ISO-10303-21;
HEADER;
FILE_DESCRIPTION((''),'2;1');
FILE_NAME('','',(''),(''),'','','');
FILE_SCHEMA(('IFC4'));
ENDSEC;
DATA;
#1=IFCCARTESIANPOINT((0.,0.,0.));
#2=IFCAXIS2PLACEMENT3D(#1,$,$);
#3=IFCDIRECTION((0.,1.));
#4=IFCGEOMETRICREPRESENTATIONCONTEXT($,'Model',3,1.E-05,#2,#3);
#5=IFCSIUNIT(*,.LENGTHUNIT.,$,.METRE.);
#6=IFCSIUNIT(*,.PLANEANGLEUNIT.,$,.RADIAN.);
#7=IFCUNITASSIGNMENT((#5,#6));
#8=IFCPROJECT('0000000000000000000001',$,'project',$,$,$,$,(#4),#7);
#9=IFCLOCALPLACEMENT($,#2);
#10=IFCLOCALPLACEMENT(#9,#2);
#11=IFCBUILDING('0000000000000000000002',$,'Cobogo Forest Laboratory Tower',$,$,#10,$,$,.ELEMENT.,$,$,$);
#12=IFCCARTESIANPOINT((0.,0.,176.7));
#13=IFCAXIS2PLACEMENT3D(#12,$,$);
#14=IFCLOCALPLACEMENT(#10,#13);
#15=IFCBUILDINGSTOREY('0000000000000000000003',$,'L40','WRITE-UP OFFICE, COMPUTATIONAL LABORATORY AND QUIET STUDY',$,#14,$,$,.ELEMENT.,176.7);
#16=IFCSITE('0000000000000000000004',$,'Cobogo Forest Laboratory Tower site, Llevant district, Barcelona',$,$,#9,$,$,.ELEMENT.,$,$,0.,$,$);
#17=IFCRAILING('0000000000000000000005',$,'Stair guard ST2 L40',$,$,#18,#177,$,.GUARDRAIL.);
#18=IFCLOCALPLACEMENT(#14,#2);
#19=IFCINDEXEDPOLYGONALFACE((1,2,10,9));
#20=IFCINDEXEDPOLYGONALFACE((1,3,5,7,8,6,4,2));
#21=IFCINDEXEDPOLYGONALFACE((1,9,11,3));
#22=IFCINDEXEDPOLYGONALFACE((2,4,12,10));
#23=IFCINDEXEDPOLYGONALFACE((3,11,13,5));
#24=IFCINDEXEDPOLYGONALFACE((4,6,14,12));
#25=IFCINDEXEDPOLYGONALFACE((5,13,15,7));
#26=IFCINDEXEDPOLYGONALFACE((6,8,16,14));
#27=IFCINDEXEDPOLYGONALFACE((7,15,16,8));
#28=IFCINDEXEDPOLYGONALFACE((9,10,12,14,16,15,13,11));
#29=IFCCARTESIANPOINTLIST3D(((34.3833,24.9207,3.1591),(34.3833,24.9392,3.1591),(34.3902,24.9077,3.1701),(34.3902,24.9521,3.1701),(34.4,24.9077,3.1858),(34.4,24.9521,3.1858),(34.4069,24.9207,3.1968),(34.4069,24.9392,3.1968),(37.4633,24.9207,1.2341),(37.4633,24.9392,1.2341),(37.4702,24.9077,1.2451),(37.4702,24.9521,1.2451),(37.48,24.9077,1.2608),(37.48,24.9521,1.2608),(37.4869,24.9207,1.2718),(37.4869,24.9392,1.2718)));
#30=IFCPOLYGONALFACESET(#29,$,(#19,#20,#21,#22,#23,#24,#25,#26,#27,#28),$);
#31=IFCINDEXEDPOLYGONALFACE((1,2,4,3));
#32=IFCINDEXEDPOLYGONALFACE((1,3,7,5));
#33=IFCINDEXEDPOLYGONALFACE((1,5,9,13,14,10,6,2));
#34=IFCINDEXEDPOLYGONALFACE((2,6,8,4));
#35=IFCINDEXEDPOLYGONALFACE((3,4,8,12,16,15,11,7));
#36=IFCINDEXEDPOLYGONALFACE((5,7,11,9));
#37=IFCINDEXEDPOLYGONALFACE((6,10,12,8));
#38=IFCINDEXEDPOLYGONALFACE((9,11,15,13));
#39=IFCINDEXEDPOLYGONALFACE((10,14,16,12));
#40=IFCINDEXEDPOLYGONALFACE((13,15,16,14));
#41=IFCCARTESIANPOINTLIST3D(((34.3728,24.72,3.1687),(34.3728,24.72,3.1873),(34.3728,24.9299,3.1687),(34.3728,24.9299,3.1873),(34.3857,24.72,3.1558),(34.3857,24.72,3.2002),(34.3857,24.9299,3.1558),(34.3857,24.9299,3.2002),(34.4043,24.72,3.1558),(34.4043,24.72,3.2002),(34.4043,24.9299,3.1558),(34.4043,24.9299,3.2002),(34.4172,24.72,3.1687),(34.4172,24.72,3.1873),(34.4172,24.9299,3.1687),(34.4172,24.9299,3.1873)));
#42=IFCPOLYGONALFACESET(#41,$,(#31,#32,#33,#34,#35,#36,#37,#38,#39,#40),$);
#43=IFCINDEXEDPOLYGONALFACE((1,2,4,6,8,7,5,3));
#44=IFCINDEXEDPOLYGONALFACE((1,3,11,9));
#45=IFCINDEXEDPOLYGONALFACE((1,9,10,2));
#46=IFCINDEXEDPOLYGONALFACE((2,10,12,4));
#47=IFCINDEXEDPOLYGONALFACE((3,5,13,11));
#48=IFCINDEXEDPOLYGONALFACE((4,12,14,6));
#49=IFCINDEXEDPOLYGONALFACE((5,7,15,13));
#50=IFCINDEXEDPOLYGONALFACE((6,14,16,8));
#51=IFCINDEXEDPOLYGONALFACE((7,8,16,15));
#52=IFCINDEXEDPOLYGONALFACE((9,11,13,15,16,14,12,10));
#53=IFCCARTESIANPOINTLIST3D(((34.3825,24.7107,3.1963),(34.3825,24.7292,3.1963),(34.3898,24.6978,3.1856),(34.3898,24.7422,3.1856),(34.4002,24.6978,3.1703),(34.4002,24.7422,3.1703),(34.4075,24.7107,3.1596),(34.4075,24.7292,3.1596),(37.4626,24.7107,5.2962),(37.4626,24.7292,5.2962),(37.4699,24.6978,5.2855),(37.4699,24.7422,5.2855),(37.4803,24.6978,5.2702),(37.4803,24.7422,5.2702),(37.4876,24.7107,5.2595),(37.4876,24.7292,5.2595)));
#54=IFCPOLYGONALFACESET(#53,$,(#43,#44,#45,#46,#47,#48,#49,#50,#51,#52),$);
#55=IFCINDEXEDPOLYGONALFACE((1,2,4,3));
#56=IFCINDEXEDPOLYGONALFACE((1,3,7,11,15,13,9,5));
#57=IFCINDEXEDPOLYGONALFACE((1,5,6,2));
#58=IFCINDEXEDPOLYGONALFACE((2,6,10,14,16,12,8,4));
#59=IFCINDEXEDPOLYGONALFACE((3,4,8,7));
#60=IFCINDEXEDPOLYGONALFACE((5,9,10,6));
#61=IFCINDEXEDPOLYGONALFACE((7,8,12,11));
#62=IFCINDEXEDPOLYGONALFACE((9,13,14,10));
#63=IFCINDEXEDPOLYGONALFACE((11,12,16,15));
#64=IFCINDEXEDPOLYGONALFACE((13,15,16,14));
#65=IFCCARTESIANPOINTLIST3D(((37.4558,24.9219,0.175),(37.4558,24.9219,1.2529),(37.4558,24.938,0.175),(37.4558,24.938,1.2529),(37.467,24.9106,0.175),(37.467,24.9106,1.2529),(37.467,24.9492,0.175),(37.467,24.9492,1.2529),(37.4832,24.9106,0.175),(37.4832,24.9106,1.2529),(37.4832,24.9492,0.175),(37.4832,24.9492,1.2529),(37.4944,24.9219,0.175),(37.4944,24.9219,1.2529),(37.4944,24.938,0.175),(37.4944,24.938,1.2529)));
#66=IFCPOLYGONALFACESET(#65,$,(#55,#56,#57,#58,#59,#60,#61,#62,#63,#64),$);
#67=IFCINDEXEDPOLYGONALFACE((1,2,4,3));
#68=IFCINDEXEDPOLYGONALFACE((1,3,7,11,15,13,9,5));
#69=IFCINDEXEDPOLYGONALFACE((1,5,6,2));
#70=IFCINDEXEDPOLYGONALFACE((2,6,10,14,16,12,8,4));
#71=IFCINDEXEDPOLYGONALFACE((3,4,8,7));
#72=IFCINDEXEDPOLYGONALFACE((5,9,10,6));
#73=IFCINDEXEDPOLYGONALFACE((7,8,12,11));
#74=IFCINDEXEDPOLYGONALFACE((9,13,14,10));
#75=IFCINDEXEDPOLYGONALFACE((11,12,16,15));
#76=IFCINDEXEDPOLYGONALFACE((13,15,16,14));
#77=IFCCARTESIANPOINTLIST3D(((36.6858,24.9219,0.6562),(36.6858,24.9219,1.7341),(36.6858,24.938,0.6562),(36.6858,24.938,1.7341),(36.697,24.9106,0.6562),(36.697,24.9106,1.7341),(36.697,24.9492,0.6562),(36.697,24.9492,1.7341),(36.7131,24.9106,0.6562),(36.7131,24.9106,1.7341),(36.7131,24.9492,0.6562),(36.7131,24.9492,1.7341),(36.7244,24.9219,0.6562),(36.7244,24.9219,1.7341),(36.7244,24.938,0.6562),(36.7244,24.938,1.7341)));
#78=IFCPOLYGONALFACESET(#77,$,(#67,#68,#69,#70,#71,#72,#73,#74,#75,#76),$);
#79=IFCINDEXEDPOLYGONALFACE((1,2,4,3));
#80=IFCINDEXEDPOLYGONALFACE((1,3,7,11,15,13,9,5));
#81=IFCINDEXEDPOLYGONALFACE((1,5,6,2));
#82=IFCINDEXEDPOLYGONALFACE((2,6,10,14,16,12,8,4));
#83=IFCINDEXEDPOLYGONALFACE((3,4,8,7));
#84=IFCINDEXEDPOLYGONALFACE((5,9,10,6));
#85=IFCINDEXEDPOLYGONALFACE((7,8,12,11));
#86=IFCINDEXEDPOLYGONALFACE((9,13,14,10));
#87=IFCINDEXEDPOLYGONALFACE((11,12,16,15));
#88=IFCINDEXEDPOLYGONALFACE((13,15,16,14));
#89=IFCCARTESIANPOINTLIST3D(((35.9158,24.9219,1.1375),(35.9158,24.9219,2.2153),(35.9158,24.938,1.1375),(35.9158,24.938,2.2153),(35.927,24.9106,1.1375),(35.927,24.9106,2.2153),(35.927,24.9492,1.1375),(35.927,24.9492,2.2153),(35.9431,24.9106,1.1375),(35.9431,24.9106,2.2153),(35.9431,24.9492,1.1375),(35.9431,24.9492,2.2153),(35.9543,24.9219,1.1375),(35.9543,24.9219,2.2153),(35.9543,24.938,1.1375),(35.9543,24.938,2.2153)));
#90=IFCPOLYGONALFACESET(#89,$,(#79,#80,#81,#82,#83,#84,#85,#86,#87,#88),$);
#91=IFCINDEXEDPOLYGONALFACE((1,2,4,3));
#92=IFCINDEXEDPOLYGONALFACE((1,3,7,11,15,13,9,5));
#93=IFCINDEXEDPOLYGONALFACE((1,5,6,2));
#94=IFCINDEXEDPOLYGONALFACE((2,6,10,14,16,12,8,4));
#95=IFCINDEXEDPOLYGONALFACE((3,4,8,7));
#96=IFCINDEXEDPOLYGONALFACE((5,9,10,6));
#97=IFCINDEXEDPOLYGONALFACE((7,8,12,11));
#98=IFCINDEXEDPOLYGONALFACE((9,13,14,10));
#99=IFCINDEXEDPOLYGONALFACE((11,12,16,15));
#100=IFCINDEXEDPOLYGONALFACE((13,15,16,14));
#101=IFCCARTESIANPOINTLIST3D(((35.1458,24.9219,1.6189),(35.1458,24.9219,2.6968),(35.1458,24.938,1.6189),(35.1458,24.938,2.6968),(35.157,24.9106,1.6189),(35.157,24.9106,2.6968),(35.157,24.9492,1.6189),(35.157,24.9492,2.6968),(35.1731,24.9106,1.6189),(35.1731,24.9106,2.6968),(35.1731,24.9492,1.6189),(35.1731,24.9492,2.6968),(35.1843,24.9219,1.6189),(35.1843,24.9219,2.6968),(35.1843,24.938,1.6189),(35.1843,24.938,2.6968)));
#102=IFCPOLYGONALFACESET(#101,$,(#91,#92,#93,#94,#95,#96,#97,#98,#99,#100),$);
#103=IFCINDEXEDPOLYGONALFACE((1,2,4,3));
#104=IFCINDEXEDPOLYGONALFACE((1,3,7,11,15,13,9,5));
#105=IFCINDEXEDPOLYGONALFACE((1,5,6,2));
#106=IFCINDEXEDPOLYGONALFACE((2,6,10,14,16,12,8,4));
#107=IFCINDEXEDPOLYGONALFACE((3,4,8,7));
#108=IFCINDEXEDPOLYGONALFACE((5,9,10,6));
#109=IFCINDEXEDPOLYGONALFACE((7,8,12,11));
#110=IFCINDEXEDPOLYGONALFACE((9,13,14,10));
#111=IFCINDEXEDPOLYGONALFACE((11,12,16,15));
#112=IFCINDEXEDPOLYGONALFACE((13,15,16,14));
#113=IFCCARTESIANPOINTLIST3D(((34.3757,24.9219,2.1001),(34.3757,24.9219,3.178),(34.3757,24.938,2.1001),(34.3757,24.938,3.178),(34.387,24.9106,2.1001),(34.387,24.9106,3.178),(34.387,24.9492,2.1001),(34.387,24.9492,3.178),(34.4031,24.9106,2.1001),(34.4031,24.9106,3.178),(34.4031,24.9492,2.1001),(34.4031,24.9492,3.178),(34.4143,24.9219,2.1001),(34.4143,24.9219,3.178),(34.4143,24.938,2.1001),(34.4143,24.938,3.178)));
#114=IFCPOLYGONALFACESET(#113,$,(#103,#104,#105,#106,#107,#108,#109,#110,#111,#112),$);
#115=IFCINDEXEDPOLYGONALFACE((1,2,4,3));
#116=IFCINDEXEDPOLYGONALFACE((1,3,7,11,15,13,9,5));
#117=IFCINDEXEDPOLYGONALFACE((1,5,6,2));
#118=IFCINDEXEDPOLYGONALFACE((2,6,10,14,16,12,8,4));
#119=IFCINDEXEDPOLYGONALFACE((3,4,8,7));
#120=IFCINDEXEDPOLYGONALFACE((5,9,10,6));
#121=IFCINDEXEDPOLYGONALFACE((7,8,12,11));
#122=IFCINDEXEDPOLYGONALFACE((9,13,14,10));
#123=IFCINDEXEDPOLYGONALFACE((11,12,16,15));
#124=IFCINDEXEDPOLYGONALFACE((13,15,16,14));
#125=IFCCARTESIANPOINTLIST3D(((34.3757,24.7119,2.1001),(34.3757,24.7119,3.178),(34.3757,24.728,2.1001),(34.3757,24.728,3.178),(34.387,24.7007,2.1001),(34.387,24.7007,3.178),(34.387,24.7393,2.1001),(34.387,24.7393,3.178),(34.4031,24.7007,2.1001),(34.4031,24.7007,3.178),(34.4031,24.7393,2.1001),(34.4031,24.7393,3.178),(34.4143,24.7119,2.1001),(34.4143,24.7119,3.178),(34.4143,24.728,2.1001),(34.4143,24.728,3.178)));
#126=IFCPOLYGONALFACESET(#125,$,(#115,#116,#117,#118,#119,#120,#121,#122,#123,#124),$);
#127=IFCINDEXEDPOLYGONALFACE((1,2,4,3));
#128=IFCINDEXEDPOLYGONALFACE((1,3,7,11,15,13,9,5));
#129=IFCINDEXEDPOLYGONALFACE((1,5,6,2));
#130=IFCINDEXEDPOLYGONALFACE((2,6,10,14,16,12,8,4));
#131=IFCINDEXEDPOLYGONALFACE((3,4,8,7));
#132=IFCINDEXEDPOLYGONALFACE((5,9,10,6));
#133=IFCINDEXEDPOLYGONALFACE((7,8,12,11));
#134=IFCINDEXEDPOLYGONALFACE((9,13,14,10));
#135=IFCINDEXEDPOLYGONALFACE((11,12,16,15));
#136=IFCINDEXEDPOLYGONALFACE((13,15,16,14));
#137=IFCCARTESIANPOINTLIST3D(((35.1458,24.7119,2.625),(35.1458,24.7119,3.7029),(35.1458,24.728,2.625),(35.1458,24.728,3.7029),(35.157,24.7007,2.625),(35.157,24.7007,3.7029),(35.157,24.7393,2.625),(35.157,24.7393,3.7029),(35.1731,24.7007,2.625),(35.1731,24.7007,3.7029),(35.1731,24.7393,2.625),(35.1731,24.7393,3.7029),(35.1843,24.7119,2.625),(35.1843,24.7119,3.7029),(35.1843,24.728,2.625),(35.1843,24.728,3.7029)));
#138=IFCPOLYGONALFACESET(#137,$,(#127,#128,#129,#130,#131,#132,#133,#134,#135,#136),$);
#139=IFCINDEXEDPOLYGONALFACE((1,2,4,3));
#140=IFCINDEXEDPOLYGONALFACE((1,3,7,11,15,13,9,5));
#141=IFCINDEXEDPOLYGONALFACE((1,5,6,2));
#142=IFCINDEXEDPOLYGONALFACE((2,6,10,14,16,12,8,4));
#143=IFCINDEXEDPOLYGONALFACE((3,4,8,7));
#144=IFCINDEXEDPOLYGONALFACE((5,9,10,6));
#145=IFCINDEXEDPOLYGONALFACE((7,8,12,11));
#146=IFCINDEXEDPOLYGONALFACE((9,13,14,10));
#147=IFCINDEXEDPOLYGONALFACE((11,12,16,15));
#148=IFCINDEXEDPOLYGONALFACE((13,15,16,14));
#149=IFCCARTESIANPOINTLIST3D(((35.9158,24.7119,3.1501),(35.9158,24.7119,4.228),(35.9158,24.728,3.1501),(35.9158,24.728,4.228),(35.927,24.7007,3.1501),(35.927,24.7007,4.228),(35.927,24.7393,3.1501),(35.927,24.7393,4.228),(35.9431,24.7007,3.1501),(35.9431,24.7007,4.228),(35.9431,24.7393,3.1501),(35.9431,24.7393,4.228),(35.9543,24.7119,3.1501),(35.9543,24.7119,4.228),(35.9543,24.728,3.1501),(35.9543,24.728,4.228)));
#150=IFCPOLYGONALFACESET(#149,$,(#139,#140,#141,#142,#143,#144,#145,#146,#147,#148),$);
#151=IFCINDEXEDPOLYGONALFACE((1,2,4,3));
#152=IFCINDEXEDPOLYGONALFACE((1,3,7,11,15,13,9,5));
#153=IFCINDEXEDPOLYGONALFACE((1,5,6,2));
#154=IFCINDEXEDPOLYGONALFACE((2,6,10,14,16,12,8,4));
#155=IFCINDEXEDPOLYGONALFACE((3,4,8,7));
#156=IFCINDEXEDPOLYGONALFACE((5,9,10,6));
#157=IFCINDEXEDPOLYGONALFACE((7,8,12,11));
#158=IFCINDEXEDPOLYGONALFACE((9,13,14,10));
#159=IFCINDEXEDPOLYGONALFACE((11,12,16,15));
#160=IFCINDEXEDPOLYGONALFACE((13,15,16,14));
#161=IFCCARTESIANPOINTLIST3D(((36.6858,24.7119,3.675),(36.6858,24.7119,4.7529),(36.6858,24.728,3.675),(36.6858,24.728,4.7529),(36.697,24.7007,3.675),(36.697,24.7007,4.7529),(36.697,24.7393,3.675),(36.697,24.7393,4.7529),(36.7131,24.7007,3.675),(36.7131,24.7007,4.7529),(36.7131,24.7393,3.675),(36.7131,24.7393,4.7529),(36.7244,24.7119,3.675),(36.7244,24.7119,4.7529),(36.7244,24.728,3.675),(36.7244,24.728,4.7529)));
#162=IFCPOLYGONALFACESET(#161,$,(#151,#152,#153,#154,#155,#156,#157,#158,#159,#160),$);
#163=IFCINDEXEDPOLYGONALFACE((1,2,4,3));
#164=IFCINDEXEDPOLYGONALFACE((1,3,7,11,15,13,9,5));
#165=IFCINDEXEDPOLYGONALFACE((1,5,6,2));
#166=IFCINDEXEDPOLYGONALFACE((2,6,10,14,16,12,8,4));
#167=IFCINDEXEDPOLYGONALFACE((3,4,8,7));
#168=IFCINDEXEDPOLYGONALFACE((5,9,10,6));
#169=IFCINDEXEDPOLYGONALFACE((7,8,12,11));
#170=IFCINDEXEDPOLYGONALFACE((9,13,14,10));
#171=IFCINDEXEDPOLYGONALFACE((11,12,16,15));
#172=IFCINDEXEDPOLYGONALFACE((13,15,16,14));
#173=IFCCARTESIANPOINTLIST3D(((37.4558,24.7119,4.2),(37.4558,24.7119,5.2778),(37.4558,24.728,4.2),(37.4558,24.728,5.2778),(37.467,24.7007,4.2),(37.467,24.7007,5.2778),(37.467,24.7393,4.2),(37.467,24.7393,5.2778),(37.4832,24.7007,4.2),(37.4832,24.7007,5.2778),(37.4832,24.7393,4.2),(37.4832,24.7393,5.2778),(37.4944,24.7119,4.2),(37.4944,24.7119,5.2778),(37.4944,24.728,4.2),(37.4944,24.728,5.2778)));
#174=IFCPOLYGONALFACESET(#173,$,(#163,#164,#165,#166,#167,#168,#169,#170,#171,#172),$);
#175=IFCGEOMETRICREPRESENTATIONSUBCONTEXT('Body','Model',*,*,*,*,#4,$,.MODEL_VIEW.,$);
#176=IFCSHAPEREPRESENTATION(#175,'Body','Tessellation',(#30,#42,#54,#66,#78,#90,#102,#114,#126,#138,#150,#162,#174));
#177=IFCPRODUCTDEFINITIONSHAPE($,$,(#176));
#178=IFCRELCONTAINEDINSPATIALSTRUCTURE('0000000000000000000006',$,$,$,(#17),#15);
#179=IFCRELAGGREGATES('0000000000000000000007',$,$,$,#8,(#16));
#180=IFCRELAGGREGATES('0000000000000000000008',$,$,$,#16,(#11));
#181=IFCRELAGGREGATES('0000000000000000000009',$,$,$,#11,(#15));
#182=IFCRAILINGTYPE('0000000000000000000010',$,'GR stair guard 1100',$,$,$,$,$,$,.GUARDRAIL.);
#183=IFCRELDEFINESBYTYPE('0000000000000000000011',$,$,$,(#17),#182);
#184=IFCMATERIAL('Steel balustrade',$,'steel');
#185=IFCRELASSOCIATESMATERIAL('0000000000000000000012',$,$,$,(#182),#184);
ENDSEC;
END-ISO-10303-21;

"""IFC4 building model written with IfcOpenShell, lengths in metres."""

from ifc_helpers import new_model, si_unit, direction, frame, origin, place, context, subcontext, project, spatial, polyline, outline, extrude, material, type_object, element, save


model = new_model("IFC4")

# Units and contexts
model_context = context("Model", 3, precision=1e-05, world=origin(), true_north=direction((0.0, 1.0)))
body_context = subcontext(model_context, "Body", "Model", "MODEL_VIEW")
ifc_project = project(units=[si_unit("LENGTHUNIT", "METRE"), si_unit("PLANEANGLEUNIT", "RADIAN")], contexts=[model_context])

# Site, building, storey
site_placement = place(None, origin())
site = spatial("IfcSite", under=ifc_project, at=site_placement, Name="Cobogo Forest Laboratory Tower site, Llevant district, Barcelona", CompositionType="ELEMENT", RefElevation=0.0)
building_placement = place(site_placement, origin())
building = spatial("IfcBuilding", under=site, at=building_placement, Name="Cobogo Forest Laboratory Tower", CompositionType="ELEMENT")
storey_placement = place(building_placement, frame((0.0, 0.0, 176.7)))
storey = spatial("IfcBuildingStorey", under=building, at=storey_placement, Name="L40", Description="WRITE-UP OFFICE, COMPUTATIONAL LABORATORY AND QUIET STUDY", CompositionType="ELEMENT", Elevation=176.7)

# Railing
ifc_material_1 = material(Name="Steel balustrade", Category="steel")
railing_type_1 = type_object("IfcRailingType", Name="GR stair guard 1100", PredefinedType="GUARDRAIL", material=ifc_material_1)
railing_1_placement = place(storey_placement, frame((37.4751, 24.9299, 0.175)))
element("IfcRailing", 1, at=railing_1_placement, inside=storey, type_object=railing_type_1, Name="Stair guard ST2 L40", PredefinedType="GUARDRAIL", context=body_context, shape_type="SweptSolid", body=[
    extrude(outline(polyline([(0.0222, 0.0093), (0.0093, 0.0222), (-0.0093, 0.0222), (-0.0222, 0.0093), (-0.0222, -0.0093), (-0.0093, -0.0222), (0.0093, -0.0222), (0.0222, -0.0093), (0.0222, 0.0093)])), frame((0.0, 0.0, 1.0779), z_axis=(-0.847998, 0.0, 0.529999), x_axis=(0.0, -1.0, 0.0)), (0.0, 0.0, 1.0), 3.6321),
    extrude(outline(polyline([(0.0222, 0.0093), (0.0093, 0.0222), (-0.0093, 0.0222), (-0.0222, 0.0093), (-0.0222, -0.0093), (-0.0093, -0.0222), (0.0093, -0.0222), (0.0222, -0.0093), (0.0222, 0.0093)])), frame((-3.0801, 0.0, 3.0029), z_axis=(0.0, -1.0, 0.0), x_axis=(1.0, 0.0, 0.0)), (0.0, 0.0, 1.0), 0.21),
    extrude(outline(polyline([(0.0222, 0.0093), (0.0093, 0.0222), (-0.0093, 0.0222), (-0.0222, 0.0093), (-0.0222, -0.0093), (-0.0093, -0.0222), (0.0093, -0.0222), (0.0222, -0.0093), (0.0222, 0.0093)])), frame((-3.0801, -0.21, 3.0029), z_axis=(0.826252, 0.0, 0.5633), x_axis=(0.0, 1.0, 0.0)), (0.0, 0.0, 1.0), 3.7278),
    extrude(outline(polyline([(0.0193, 0.0081), (0.0081, 0.0193), (-0.0081, 0.0193), (-0.0193, 0.0081), (-0.0193, -0.0081), (-0.0081, -0.0193), (0.0081, -0.0193), (0.0193, -0.0081), (0.0193, 0.0081)])), origin(), (0.0, 0.0, 1.0), 1.0779),
    extrude(outline(polyline([(0.0193, 0.0081), (0.0081, 0.0193), (-0.0081, 0.0193), (-0.0193, 0.0081), (-0.0193, -0.0081), (-0.0081, -0.0193), (0.0081, -0.0193), (0.0193, -0.0081), (0.0193, 0.0081)])), frame((-0.77, 0.0, 0.4812)), (0.0, 0.0, 1.0), 1.0779),
    extrude(outline(polyline([(0.0193, 0.0081), (0.0081, 0.0193), (-0.0081, 0.0193), (-0.0193, 0.0081), (-0.0193, -0.0081), (-0.0081, -0.0193), (0.0081, -0.0193), (0.0193, -0.0081), (0.0193, 0.0081)])), frame((-1.54, 0.0, 0.9624)), (0.0, 0.0, 1.0), 1.0779),
    extrude(outline(polyline([(0.0193, 0.0081), (0.0081, 0.0193), (-0.0081, 0.0193), (-0.0193, 0.0081), (-0.0193, -0.0081), (-0.0081, -0.0193), (0.0081, -0.0193), (0.0193, -0.0081), (0.0193, 0.0081)])), frame((-2.3101, 0.0, 1.4438)), (0.0, 0.0, 1.0), 1.0779),
    extrude(outline(polyline([(0.0193, 0.0081), (0.0081, 0.0193), (-0.0081, 0.0193), (-0.0193, 0.0081), (-0.0193, -0.0081), (-0.0081, -0.0193), (0.0081, -0.0193), (0.0193, -0.0081), (0.0193, 0.0081)])), frame((-3.0801, 0.0, 1.925)), (0.0, 0.0, 1.0), 1.0779),
    extrude(outline(polyline([(0.0193, 0.0081), (0.0081, 0.0193), (-0.0081, 0.0193), (-0.0193, 0.0081), (-0.0193, -0.0081), (-0.0081, -0.0193), (0.0081, -0.0193), (0.0193, -0.0081), (0.0193, 0.0081)])), frame((-3.0801, -0.21, 1.925)), (0.0, 0.0, 1.0), 1.0779),
    extrude(outline(polyline([(0.0193, 0.0081), (0.0081, 0.0193), (-0.0081, 0.0193), (-0.0193, 0.0081), (-0.0193, -0.0081), (-0.0081, -0.0193), (0.0081, -0.0193), (0.0193, -0.0081), (0.0193, 0.0081)])), frame((-2.3101, -0.21, 2.45)), (0.0, 0.0, 1.0), 1.0779),
    extrude(outline(polyline([(0.0193, 0.0081), (0.0081, 0.0193), (-0.0081, 0.0193), (-0.0193, 0.0081), (-0.0193, -0.0081), (-0.0081, -0.0193), (0.0081, -0.0193), (0.0193, -0.0081), (0.0193, 0.0081)])), frame((-1.54, -0.21, 2.9751)), (0.0, 0.0, 1.0), 1.0779),
    extrude(outline(polyline([(0.0193, 0.0081), (0.0081, 0.0193), (-0.0081, 0.0193), (-0.0193, 0.0081), (-0.0193, -0.0081), (-0.0081, -0.0193), (0.0081, -0.0193), (0.0193, -0.0081), (0.0193, 0.0081)])), frame((-0.77, -0.21, 3.5)), (0.0, 0.0, 1.0), 1.0779),
    extrude(outline(polyline([(0.0193, 0.0081), (0.0081, 0.0193), (-0.0081, 0.0193), (-0.0193, 0.0081), (-0.0193, -0.0081), (-0.0081, -0.0193), (0.0081, -0.0193), (0.0193, -0.0081), (0.0193, 0.0081)])), frame((0.0, -0.21, 4.0249)), (0.0, 0.0, 1.0), 1.0779),
])

save(model, "model.ifc")
